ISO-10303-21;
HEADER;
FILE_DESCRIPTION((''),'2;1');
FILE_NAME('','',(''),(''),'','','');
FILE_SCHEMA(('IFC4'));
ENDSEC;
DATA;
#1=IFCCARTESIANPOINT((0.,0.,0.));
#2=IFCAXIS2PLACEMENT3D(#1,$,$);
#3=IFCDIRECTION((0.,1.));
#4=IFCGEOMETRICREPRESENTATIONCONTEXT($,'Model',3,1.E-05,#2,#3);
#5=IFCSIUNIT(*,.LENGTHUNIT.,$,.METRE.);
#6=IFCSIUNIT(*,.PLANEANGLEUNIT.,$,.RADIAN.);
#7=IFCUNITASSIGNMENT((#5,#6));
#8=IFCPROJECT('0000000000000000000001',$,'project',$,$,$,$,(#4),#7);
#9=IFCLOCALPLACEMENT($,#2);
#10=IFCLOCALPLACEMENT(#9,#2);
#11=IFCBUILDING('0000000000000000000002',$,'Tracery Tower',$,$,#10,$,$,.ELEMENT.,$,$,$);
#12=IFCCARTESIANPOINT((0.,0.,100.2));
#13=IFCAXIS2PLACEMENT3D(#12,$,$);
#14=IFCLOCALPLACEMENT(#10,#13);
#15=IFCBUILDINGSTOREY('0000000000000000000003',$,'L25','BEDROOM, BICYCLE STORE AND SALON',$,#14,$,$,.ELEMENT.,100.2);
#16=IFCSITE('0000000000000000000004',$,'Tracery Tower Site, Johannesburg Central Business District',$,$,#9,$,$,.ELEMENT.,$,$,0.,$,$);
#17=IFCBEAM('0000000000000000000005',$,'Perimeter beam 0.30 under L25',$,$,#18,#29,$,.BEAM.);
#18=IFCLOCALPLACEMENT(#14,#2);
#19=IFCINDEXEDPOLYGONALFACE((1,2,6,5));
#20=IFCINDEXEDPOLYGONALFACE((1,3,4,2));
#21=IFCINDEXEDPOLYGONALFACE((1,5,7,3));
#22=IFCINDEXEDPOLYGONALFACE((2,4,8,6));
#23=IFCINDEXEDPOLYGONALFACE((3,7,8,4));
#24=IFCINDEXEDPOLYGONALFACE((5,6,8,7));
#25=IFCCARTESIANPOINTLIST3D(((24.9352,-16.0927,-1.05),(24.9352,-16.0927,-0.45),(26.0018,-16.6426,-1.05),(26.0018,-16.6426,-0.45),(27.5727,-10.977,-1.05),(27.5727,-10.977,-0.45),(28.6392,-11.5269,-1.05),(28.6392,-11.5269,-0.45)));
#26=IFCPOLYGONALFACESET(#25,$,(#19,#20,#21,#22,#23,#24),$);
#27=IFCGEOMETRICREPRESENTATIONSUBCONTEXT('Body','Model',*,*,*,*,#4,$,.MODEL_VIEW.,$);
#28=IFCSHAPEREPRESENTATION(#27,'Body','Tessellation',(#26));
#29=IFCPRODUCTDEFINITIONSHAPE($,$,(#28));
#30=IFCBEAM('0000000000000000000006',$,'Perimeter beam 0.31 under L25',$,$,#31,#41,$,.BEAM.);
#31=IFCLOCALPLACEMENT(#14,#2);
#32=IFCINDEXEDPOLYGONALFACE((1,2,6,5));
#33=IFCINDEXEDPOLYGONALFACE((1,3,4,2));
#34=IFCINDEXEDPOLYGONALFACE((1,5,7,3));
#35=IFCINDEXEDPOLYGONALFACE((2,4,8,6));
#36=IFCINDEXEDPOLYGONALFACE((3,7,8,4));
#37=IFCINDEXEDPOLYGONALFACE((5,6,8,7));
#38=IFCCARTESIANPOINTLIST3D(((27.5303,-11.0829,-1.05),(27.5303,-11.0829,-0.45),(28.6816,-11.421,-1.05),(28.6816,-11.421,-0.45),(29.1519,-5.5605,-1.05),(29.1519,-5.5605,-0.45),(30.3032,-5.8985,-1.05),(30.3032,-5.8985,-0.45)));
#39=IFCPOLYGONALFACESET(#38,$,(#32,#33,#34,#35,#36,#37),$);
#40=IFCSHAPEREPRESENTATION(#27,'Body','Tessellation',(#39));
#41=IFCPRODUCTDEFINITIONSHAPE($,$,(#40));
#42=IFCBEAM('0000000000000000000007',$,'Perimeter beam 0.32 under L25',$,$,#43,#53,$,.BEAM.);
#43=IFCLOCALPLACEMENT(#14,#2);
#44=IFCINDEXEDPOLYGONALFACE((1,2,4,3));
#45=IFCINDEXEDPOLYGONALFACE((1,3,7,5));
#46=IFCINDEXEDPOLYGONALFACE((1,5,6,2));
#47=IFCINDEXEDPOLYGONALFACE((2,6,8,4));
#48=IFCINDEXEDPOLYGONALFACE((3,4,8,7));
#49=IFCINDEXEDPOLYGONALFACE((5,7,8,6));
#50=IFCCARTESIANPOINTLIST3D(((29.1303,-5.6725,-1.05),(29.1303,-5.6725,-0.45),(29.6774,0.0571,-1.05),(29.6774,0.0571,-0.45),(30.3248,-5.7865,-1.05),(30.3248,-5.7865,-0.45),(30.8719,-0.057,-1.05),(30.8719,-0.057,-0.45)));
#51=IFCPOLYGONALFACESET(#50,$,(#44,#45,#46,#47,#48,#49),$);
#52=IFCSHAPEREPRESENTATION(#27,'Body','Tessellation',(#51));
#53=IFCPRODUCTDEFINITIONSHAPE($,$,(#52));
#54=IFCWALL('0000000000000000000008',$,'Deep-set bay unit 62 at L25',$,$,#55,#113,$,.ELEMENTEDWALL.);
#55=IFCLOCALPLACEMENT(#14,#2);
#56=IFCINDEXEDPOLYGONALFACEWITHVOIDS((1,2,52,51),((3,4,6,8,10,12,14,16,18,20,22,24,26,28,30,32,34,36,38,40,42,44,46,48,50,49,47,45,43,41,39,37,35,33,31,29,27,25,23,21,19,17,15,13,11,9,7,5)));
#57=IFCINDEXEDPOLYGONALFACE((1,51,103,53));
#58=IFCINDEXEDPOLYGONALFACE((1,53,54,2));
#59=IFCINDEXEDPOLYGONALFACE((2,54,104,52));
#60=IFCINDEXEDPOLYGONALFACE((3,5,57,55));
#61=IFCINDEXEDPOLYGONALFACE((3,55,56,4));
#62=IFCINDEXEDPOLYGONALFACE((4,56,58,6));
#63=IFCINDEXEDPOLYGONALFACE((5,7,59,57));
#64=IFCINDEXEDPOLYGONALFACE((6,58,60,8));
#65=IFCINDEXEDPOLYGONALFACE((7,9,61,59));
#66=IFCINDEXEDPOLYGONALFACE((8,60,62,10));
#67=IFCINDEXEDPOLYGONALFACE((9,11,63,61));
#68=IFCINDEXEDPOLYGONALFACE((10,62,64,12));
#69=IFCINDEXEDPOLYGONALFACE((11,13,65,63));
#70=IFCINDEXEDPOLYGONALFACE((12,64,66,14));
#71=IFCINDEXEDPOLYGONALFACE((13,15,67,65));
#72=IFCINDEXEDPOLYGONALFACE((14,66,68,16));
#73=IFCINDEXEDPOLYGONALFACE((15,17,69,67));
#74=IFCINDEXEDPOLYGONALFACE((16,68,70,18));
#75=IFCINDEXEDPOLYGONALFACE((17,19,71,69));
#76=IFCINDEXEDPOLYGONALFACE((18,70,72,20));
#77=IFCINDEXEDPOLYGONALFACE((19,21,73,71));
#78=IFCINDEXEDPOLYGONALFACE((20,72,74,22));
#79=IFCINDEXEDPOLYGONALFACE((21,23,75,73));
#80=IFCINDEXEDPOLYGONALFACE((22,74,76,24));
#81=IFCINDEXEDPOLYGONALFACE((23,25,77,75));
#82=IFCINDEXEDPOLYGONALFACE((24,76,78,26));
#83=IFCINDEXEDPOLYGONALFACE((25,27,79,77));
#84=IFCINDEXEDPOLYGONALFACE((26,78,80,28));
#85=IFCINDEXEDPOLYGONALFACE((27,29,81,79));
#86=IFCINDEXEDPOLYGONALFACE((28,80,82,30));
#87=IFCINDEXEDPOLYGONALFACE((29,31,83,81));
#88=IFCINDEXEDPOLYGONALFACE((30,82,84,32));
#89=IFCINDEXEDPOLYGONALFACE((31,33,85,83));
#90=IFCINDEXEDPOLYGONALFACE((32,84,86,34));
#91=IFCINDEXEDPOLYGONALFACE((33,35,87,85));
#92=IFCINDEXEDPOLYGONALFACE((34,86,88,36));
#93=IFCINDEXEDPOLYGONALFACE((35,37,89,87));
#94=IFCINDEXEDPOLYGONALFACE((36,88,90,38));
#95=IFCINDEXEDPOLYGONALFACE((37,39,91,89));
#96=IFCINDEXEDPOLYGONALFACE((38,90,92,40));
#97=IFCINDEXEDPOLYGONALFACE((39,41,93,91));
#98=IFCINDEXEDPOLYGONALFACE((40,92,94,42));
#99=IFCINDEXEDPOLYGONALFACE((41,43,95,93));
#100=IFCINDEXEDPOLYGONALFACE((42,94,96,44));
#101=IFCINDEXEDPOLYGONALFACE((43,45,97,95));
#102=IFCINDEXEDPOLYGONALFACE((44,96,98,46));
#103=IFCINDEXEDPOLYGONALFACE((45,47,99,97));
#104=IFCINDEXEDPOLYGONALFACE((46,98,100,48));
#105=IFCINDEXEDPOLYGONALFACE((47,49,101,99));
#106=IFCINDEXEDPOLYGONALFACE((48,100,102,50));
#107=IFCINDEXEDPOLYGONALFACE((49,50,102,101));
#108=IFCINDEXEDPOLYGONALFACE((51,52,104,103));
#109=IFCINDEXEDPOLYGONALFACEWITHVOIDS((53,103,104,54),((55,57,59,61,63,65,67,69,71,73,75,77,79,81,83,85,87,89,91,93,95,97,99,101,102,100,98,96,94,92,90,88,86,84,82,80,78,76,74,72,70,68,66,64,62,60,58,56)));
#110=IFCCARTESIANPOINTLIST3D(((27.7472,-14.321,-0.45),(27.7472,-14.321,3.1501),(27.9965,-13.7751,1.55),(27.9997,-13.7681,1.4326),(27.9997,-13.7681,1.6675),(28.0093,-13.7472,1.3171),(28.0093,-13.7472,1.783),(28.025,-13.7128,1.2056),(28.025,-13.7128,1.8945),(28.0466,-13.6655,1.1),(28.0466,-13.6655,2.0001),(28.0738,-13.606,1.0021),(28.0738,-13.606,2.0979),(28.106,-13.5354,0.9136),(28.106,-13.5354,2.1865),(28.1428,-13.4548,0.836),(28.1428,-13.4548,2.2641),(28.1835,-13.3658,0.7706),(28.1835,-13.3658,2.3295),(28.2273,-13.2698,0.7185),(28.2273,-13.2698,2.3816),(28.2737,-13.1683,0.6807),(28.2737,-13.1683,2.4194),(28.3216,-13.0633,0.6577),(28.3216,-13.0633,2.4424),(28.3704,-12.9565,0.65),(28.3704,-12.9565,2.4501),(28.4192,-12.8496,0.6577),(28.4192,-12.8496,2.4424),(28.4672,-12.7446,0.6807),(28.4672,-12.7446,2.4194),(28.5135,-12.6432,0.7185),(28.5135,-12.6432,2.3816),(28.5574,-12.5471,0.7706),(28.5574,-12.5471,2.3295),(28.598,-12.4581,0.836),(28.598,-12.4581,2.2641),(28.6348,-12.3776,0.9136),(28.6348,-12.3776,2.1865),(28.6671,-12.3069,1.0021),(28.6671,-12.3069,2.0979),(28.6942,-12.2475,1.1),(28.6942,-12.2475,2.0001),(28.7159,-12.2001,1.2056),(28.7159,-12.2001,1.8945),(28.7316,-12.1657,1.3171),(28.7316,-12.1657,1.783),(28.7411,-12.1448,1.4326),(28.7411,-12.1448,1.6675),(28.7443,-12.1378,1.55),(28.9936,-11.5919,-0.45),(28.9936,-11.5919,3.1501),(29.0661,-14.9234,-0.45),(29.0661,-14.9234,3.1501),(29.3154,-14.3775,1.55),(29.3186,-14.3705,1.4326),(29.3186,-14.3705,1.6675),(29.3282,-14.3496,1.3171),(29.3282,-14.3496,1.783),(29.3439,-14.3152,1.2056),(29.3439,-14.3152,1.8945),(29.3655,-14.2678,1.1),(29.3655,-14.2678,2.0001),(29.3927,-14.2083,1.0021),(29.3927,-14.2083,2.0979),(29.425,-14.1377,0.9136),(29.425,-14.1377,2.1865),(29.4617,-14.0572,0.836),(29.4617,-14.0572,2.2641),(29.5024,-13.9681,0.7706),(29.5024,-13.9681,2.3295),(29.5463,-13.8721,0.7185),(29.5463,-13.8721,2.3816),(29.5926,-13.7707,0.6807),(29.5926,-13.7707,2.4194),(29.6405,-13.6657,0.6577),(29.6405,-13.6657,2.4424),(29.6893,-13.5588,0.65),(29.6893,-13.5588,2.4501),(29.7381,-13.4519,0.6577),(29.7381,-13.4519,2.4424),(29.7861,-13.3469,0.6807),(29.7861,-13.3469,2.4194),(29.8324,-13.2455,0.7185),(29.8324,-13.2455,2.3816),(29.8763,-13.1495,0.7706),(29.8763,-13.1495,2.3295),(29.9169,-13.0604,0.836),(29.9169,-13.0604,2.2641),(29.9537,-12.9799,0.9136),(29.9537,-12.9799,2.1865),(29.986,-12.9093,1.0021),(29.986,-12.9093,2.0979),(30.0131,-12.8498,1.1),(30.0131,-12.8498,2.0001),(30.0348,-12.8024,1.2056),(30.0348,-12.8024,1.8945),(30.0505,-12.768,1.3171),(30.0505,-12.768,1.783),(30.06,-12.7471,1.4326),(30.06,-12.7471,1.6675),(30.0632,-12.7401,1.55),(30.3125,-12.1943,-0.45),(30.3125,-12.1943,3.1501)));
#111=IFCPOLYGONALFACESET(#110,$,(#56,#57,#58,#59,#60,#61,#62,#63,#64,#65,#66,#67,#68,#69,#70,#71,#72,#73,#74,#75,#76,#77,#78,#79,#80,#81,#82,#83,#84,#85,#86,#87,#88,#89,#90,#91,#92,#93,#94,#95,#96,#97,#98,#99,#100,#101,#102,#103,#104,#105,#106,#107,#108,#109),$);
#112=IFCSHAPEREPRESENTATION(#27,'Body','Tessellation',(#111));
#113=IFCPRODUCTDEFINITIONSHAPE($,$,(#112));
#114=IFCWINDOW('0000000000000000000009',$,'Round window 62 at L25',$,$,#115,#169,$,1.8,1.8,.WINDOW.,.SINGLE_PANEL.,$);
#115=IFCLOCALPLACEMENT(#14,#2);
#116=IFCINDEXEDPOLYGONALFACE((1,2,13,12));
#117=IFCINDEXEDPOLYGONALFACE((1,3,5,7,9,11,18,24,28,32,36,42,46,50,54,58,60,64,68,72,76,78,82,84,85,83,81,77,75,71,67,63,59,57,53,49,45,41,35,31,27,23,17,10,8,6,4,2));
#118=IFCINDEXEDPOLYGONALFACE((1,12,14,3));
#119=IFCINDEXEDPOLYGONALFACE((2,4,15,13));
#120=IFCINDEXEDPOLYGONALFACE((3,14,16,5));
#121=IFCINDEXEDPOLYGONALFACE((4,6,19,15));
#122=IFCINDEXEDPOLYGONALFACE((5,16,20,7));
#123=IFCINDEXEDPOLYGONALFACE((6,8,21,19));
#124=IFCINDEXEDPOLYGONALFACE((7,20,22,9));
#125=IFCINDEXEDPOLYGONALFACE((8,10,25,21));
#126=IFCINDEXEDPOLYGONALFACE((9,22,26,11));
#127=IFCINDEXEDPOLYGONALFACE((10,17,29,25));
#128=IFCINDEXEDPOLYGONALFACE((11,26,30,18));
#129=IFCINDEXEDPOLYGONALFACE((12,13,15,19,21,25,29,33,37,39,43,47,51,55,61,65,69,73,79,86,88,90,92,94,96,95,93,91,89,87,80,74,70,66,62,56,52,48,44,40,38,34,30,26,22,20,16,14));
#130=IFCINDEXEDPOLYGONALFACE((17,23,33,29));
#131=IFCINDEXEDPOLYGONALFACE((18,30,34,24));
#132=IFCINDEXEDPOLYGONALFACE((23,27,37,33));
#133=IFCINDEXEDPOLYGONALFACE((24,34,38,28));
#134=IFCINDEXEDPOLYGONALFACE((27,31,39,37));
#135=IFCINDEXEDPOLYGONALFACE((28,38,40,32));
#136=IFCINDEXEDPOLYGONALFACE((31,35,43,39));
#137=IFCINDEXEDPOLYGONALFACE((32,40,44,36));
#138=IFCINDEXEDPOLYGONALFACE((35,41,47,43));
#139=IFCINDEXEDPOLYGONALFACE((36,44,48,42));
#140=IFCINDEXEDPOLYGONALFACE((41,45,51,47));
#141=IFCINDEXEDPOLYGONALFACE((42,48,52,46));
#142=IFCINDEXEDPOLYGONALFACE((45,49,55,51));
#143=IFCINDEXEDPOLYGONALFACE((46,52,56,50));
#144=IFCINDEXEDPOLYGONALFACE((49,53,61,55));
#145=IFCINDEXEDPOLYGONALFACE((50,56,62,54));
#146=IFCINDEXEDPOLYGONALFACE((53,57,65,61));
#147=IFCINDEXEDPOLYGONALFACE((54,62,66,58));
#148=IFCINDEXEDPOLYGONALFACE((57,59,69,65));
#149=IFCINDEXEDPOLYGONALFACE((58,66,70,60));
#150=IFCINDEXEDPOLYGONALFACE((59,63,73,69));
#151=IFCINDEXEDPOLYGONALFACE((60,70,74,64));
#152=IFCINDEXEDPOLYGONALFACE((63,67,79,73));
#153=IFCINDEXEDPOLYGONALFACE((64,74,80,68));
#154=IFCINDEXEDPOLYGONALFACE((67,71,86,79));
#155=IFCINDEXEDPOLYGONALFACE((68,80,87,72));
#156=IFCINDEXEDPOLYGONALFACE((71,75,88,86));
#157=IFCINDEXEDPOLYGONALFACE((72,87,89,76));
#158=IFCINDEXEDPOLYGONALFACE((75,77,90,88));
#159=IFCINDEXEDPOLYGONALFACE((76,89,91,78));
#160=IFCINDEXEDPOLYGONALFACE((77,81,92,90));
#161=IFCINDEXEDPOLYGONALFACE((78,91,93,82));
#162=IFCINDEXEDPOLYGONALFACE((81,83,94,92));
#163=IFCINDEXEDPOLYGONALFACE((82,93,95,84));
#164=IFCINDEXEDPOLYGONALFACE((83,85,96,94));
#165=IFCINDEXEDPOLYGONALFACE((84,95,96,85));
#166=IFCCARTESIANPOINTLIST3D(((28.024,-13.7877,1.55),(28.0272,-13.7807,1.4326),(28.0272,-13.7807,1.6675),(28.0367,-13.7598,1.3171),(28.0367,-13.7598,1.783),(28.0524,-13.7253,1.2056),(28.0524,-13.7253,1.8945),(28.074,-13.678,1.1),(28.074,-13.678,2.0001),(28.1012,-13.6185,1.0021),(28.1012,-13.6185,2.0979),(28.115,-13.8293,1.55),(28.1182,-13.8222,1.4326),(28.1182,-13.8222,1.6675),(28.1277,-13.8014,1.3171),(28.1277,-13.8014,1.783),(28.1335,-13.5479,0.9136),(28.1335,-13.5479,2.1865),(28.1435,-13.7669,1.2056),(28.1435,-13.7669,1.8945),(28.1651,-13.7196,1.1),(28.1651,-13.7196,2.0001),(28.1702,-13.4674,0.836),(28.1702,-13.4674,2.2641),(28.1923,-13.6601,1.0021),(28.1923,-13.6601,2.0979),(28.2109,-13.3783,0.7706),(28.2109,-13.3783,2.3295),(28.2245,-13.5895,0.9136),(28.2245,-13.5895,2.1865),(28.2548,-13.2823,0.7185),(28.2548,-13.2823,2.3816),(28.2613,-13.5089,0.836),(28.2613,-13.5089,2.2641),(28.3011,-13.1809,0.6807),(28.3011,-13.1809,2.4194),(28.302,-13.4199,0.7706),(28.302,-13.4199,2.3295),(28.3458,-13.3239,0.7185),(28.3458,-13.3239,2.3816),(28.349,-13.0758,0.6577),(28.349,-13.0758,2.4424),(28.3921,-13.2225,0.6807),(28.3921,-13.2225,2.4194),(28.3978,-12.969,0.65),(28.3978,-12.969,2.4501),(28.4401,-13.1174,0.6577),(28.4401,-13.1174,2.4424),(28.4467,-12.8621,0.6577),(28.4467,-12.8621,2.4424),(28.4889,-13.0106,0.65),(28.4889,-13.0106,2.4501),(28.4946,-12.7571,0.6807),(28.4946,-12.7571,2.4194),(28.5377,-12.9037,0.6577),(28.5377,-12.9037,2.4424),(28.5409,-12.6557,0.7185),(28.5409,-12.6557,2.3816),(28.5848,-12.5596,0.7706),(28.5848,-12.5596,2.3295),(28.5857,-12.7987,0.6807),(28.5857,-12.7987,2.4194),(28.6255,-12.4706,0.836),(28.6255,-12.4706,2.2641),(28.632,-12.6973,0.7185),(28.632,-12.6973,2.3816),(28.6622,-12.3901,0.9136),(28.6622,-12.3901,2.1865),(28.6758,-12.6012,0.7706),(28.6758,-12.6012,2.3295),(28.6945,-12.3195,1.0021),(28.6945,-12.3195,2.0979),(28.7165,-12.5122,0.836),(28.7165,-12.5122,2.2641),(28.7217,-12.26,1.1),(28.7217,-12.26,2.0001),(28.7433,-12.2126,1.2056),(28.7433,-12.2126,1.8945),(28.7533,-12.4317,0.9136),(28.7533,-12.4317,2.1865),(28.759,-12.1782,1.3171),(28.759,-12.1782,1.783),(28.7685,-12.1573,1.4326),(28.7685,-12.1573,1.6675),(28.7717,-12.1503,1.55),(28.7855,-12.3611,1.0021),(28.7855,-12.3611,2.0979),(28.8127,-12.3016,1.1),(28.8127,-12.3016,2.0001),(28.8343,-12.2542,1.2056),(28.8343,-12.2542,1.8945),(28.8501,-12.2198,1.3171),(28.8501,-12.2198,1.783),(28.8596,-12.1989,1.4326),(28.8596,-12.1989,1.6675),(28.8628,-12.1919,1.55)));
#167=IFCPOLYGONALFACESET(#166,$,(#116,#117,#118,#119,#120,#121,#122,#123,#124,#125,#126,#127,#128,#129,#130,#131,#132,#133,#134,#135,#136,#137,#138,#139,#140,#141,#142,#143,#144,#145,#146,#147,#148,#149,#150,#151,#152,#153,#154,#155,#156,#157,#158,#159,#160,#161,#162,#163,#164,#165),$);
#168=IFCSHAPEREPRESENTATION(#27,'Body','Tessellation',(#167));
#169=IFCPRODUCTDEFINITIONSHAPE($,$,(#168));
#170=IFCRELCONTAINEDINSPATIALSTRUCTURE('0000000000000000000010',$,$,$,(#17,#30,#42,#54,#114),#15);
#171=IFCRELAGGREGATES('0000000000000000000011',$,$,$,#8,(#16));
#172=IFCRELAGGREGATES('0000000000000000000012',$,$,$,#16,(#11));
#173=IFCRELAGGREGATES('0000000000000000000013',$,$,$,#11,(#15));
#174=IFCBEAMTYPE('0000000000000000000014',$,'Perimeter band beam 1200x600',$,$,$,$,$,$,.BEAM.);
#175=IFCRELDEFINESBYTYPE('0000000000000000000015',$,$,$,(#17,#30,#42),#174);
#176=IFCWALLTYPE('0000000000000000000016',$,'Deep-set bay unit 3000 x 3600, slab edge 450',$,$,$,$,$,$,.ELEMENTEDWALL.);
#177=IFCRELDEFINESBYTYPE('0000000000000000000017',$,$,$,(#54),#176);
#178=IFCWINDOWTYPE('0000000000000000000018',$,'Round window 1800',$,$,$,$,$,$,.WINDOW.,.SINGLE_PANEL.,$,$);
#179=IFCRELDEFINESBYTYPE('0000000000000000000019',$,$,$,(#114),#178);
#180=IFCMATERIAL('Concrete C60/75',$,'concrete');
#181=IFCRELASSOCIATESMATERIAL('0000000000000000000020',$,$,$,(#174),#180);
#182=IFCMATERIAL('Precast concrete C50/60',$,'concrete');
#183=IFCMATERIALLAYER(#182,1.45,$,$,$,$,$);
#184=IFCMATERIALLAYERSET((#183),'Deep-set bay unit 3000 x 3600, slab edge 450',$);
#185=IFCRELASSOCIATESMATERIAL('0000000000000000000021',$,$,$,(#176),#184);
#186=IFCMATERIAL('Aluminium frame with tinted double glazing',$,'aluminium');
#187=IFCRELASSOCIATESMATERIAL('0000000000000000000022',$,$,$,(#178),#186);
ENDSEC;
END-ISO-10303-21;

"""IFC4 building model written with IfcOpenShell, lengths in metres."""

from ifc_helpers import new_model, si_unit, direction, frame, frame_2d, origin, origin_2d, place, context, subcontext, project, spatial, rectangle, circle, extrude, material, layer, layer_set, material_profile, profile_set, type_object, element, fill, save


model = new_model("IFC4")

# Units and contexts
model_context = context("Model", 3, precision=1e-05, world=origin(), true_north=direction((0.0, 1.0)))
body_context = subcontext(model_context, "Body", "Model", "MODEL_VIEW")
ifc_project = project(units=[si_unit("LENGTHUNIT", "METRE"), si_unit("PLANEANGLEUNIT", "RADIAN")], contexts=[model_context])

# Site, building, storey
site_placement = place(None, origin())
site = spatial("IfcSite", under=ifc_project, at=site_placement, Name="Tracery Tower Site, Johannesburg Central Business District", CompositionType="ELEMENT", RefElevation=0.0)
building_placement = place(site_placement, origin())
building = spatial("IfcBuilding", under=site, at=building_placement, Name="Tracery Tower", CompositionType="ELEMENT")
storey_placement = place(building_placement, frame((0.0, 0.0, 100.2)))
storey = spatial("IfcBuildingStorey", under=building, at=storey_placement, Name="L25", Description="BEDROOM, BICYCLE STORE AND SALON", CompositionType="ELEMENT", Elevation=100.2)

# Beams
ifc_material_1 = material(Name="Concrete C60/75", Category="concrete")
ifc_material_profile_1 = material_profile(ifc_material_1, rectangle(XDim=1.2, YDim=0.6001, at=origin_2d()), Name="RC 1200x600")
ifc_profile_set_1 = profile_set([ifc_material_profile_1], Name="Concrete C60/75")
beam_type_1 = type_object("IfcBeamType", Name="Perimeter band beam 1200x600", PredefinedType="BEAM", material=ifc_profile_set_1)
for number, where, z_axis, x_axis, name in (
    (1, (25.4685, -16.3677, -0.75), (0.458242, 0.888827, 0.0), (-0.888827, 0.458242, 0.0), "Perimeter beam 0.30 under L25"),
    (2, (28.106, -11.252, -0.75), (0.281739, 0.959491, 0.0), (-0.959491, 0.281739, 0.0), "Perimeter beam 0.31 under L25"),
    (3, (29.7275, -5.7295, -0.75), (0.095059, 0.995472, 0.0), (-0.995472, 0.095059, 0.0), "Perimeter beam 0.32 under L25"),
):
    element("IfcBeam", number, at=place(storey_placement, frame(where, z_axis=z_axis, x_axis=x_axis)), inside=storey, type_object=beam_type_1, Name=name, PredefinedType="BEAM", context=body_context, shape_type="SweptSolid", body=[
        extrude(rectangle(XDim=1.2, YDim=0.6001, at=origin_2d()), origin(), (0.0, 0.0, 1.0), 5.7556),
    ])

# Wall, opening, window
ifc_material_2 = material(Name="Precast concrete C50/60", Category="concrete")
ifc_layer_1 = layer(ifc_material_2, 1.45)
ifc_layer_set_1 = layer_set([ifc_layer_1], Name="Deep-set bay unit 3000 x 3600, slab edge 450")
wall_type_1 = type_object("IfcWallType", Name="Deep-set bay unit 3000 x 3600, slab edge 450", PredefinedType="ELEMENTEDWALL", material=ifc_layer_set_1)
wall_1_placement = place(storey_placement, frame((28.4067, -14.6221, -0.45), z_axis=(0.0, 0.0, 1.0), x_axis=(0.415427, 0.909627, 0.0)))
wall_1 = element("IfcWall", 4, at=wall_1_placement, inside=storey, type_object=wall_type_1, Name="Deep-set bay unit 62 at L25", PredefinedType="ELEMENTEDWALL", context=body_context, shape_type="SweptSolid", body=[
    extrude(rectangle(XDim=3.0002, YDim=1.45, at=frame_2d((1.5, 0.0))), origin(), (0.0, 0.0, 1.0), 3.6001),
])
opening_1_placement = place(wall_1_placement, frame((1.5, 0.0, 2.0)))
opening_1 = element("IfcOpeningElement", 5, at=opening_1_placement, cuts=wall_1, PredefinedType="OPENING", context=body_context, shape_type="SweptSolid", body=[
    extrude(circle(Radius=0.9, at=origin_2d()), frame((0.0, 0.7349, 0.0), z_axis=(0.0, -1.0, 0.0), x_axis=(1.0, 0.0, 0.0)), (0.0, 0.0, 1.0), 1.47),
])
ifc_material_3 = material(Name="Aluminium frame with tinted double glazing", Category="aluminium")
window_type = type_object("IfcWindowType", Name="Round window 1800", PartitioningType="SINGLE_PANEL", PredefinedType="WINDOW", material=ifc_material_3)
window_1_placement = place(opening_1_placement, origin())
window_1 = element("IfcWindow", 6, at=window_1_placement, inside=storey, type_object=window_type, Name="Round window 62 at L25", OverallHeight=1.8, OverallWidth=1.8, PartitioningType="SINGLE_PANEL", PredefinedType="WINDOW", context=body_context, shape_type="SweptSolid", body=[
    extrude(circle(Radius=0.9, at=origin_2d()), frame((0.0, 0.6948, 0.0), z_axis=(0.0, -1.0, 0.0), x_axis=(1.0, 0.0, 0.0)), (0.0, 0.0, 1.0), 0.1001),
])
fill(opening_1, window_1)

save(model, "model.ifc")
